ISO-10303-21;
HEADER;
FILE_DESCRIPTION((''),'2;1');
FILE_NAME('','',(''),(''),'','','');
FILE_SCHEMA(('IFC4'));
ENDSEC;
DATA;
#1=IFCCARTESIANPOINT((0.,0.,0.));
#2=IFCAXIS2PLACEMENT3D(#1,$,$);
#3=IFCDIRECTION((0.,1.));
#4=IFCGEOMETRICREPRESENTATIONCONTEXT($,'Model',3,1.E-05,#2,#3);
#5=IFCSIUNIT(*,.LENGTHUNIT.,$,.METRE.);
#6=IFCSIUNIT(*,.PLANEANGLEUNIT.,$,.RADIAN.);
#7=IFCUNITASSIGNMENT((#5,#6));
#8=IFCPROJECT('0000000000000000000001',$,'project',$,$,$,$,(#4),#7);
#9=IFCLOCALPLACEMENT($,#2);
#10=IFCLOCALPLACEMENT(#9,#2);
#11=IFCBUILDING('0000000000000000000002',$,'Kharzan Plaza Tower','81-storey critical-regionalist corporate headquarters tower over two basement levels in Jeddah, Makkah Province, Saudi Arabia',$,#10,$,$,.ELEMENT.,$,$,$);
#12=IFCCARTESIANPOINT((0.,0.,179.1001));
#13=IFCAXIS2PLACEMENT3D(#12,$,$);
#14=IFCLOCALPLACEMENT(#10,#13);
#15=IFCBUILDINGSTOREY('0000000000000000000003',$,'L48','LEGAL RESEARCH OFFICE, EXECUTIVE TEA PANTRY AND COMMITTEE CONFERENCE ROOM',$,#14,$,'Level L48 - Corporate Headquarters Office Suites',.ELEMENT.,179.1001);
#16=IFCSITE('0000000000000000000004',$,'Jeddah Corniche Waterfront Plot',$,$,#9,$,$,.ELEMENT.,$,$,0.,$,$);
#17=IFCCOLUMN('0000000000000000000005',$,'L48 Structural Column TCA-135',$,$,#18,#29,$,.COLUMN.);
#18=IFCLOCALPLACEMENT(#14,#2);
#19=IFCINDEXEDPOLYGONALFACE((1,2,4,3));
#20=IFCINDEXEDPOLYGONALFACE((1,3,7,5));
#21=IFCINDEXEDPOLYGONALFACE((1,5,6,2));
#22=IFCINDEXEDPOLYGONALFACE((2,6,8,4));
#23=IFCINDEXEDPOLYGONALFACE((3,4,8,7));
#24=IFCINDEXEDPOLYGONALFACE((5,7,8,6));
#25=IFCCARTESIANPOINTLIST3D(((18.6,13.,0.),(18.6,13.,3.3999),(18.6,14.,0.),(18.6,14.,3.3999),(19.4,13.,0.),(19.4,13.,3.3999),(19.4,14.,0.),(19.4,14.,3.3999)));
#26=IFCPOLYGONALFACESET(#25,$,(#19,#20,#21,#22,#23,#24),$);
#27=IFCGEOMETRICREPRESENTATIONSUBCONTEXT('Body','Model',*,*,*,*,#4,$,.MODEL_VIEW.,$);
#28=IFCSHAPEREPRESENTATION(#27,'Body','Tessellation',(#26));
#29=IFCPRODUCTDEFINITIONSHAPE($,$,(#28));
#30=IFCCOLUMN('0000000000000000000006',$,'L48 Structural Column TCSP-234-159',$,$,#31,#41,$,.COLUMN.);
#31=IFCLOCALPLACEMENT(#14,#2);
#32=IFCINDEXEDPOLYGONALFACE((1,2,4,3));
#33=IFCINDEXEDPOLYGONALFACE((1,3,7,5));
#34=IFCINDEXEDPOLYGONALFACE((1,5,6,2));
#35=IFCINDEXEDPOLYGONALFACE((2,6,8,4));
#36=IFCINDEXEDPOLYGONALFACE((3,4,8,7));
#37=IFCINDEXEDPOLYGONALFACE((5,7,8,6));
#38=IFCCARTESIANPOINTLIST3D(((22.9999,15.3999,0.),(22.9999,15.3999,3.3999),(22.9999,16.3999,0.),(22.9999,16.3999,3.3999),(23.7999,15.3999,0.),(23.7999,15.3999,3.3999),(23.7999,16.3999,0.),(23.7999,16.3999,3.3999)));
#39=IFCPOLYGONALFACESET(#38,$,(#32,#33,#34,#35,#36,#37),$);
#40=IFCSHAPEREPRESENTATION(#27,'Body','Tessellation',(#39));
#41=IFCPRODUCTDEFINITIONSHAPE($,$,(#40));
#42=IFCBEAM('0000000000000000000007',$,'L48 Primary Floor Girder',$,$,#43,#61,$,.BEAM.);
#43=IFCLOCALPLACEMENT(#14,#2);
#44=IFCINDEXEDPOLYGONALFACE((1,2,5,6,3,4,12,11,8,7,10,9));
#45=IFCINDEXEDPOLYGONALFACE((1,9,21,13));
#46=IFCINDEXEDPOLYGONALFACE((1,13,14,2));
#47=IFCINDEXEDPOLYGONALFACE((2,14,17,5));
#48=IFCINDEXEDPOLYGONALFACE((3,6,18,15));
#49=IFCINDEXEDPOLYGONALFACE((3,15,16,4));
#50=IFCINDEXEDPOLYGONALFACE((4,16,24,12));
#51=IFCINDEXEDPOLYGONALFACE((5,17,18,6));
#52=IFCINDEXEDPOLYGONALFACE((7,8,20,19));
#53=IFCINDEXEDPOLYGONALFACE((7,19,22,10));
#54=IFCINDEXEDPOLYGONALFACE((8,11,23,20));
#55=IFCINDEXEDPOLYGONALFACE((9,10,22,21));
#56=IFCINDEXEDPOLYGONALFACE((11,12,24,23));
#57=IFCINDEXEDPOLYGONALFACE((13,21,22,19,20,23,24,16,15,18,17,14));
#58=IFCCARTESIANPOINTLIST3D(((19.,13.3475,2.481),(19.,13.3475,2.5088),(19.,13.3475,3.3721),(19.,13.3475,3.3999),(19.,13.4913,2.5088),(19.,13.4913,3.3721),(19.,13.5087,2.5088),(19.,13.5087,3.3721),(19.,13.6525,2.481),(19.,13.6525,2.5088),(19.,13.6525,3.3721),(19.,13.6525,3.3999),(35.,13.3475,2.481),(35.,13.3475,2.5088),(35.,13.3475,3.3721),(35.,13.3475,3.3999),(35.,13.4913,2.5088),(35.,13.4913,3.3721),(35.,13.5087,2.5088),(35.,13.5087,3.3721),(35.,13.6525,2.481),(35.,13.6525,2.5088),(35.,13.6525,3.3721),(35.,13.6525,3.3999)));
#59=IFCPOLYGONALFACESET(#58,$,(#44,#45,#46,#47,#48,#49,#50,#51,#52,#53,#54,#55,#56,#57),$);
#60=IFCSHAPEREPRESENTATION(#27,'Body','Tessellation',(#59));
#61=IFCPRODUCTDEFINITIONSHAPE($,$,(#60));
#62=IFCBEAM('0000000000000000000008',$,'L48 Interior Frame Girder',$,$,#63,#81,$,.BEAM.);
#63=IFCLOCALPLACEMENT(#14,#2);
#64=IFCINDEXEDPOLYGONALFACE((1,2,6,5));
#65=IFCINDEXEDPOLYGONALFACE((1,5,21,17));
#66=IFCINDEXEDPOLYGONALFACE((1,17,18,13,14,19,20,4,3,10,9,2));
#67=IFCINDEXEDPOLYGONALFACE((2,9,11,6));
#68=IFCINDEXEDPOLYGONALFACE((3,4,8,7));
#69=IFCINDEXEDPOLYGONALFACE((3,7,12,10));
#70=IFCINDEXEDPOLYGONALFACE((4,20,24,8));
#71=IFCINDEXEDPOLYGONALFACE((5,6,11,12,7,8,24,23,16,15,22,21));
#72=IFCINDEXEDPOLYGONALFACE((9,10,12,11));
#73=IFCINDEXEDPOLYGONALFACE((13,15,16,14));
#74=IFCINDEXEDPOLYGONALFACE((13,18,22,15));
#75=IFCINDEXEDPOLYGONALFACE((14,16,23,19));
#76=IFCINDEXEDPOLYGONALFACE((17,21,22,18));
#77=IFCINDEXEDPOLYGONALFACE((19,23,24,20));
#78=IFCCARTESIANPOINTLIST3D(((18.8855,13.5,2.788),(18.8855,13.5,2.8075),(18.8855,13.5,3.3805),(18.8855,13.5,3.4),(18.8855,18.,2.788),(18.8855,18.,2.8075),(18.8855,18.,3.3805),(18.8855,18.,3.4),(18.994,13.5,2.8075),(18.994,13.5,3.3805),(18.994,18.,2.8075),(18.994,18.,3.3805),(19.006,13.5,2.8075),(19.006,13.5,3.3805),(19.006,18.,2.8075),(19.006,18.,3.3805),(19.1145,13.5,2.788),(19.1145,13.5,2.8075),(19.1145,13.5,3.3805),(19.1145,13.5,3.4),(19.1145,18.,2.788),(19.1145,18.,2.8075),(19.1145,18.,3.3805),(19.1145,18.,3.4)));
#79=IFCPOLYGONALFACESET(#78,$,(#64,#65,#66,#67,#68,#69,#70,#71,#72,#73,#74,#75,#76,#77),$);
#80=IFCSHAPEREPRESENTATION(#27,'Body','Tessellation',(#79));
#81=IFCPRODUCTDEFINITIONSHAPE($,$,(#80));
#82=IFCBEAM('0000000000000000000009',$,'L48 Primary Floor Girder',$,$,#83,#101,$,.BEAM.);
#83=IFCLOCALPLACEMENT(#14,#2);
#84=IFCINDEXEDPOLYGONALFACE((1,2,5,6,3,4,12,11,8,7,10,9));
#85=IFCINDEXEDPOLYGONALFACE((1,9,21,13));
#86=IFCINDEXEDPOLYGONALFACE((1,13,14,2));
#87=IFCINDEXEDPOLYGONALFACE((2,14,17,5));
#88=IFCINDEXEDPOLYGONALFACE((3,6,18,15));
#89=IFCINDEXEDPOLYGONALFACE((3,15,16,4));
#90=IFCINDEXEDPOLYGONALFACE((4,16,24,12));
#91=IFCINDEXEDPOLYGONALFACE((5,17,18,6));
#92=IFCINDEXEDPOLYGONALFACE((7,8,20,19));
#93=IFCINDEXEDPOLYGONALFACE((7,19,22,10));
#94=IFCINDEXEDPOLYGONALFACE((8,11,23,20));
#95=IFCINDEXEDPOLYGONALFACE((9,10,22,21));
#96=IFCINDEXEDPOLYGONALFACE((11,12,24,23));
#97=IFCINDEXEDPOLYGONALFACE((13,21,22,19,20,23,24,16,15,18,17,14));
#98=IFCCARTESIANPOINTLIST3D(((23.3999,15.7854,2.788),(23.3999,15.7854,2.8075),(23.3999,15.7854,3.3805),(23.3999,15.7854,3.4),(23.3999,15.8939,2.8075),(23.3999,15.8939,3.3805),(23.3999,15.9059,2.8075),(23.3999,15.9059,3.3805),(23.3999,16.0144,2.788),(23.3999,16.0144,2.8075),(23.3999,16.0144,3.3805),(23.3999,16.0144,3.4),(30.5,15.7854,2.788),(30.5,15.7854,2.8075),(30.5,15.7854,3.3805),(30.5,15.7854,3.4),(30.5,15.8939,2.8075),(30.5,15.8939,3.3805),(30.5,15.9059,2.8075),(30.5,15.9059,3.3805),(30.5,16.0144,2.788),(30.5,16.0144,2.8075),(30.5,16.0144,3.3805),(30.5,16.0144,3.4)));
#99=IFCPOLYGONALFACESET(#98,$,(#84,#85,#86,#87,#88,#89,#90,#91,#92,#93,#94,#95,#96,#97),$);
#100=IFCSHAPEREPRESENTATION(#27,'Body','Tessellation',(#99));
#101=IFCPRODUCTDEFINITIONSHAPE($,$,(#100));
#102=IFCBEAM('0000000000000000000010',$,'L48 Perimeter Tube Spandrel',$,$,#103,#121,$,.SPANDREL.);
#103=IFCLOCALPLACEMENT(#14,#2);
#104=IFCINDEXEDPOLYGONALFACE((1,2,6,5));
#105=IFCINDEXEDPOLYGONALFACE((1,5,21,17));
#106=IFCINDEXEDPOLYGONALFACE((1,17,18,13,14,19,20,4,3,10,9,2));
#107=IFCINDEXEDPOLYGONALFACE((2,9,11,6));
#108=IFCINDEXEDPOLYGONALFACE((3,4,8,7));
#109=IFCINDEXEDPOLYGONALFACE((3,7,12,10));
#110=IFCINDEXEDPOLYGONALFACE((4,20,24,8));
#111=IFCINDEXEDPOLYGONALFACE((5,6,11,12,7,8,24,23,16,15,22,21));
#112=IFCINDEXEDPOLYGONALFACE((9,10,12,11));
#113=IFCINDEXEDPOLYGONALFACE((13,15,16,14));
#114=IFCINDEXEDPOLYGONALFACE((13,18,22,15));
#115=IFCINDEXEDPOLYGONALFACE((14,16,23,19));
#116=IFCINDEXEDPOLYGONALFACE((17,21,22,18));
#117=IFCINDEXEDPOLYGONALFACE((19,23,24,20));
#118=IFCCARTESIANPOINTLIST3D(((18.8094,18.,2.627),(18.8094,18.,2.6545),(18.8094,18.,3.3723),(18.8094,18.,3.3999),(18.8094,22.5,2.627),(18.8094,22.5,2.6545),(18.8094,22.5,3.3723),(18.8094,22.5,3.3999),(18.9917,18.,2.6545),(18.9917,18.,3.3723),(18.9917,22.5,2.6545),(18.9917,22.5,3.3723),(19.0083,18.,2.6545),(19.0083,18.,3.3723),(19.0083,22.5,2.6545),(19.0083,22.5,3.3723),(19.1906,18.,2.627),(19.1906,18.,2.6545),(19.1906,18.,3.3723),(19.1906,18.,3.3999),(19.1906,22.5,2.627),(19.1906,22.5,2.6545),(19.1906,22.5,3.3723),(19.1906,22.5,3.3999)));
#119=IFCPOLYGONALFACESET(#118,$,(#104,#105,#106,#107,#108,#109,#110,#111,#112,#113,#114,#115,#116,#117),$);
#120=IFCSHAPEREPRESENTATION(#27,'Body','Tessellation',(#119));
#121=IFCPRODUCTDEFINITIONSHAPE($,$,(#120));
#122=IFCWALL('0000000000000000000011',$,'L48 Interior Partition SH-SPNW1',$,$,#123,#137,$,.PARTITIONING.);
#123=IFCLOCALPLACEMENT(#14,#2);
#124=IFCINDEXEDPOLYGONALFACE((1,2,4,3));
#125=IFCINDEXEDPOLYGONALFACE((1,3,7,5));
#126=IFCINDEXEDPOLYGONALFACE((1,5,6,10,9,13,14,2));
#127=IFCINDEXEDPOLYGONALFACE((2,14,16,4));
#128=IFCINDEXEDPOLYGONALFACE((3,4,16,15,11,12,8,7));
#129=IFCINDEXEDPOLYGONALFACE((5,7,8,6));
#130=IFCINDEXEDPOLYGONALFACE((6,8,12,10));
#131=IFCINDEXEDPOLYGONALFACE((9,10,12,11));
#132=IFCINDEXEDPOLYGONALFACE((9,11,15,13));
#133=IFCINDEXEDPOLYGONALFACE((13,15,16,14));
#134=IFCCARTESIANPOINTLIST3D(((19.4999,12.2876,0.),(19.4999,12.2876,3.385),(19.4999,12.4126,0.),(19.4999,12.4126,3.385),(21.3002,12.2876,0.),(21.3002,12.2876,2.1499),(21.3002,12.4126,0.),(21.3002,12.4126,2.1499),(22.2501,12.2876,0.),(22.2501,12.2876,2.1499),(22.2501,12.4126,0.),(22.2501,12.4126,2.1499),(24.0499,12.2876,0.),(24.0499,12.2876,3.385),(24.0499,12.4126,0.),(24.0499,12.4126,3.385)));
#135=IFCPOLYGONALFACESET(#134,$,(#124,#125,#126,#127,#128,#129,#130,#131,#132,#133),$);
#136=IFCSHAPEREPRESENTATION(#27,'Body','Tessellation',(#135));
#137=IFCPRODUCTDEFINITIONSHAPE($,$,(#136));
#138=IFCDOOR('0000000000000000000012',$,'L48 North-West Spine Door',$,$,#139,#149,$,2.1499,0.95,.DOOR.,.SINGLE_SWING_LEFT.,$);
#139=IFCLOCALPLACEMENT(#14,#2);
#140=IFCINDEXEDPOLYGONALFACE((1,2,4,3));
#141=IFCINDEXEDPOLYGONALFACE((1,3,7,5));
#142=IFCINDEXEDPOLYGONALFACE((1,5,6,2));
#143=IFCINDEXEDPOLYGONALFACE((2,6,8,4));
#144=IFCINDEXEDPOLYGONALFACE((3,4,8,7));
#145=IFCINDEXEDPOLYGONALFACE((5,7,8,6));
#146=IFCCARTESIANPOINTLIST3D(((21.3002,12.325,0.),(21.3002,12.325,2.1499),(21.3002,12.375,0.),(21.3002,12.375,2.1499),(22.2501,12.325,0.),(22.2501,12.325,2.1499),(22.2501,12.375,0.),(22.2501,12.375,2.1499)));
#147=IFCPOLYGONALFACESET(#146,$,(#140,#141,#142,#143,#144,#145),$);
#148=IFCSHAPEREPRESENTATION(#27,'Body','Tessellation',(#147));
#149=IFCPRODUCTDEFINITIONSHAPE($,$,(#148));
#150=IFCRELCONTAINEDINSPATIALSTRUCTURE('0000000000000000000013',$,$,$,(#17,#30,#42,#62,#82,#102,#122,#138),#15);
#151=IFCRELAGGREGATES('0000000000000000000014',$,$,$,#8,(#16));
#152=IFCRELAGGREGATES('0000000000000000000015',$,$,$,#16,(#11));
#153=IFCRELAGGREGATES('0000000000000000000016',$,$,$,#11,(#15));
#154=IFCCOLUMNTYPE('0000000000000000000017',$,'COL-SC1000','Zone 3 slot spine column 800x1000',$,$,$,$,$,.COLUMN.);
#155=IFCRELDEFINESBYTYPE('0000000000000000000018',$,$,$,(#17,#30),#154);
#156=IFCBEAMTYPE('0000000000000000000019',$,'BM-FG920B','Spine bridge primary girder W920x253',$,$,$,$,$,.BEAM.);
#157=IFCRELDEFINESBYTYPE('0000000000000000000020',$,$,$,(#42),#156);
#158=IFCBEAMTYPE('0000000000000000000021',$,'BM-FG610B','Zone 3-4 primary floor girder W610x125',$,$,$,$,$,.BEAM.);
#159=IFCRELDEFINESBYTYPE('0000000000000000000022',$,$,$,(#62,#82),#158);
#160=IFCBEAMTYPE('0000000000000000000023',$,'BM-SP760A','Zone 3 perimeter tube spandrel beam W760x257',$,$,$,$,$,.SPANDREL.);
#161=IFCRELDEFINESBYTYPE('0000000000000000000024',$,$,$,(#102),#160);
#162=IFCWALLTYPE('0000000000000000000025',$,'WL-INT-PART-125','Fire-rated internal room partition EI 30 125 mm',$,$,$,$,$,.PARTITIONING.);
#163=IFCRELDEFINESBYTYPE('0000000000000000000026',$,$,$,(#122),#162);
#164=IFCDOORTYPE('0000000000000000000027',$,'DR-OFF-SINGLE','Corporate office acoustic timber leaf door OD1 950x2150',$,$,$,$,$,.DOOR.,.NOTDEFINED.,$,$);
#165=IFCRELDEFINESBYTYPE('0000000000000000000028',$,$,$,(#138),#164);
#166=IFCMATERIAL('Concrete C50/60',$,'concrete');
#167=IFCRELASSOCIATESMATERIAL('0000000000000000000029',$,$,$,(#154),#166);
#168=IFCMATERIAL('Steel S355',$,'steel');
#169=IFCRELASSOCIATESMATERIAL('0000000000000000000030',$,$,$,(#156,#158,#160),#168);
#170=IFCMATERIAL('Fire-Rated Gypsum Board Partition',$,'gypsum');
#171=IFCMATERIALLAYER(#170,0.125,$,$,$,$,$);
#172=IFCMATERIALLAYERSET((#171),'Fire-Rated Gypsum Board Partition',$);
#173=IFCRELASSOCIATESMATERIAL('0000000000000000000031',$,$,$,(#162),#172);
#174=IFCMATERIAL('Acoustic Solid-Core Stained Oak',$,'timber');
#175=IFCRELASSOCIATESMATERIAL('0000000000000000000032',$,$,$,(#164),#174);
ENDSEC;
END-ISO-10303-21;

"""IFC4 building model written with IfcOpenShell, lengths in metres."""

from ifc_helpers import new_model, si_unit, direction, frame, frame_2d, origin, origin_2d, place, context, subcontext, project, spatial, rectangle, i_section, extrude, source, transform, mapped, material, layer, layer_set, material_profile, profile_set, type_object, element, fill, save


model = new_model("IFC4")

# Units and contexts
model_context = context("Model", 3, precision=1e-05, world=origin(), true_north=direction((0.0, 1.0)))
body_context = subcontext(model_context, "Body", "Model", "MODEL_VIEW")
ifc_project = project(units=[si_unit("LENGTHUNIT", "METRE"), si_unit("PLANEANGLEUNIT", "RADIAN")], contexts=[model_context])

# Site, building, storey
site_placement = place(None, origin())
site = spatial("IfcSite", under=ifc_project, at=site_placement, Name="Jeddah Corniche Waterfront Plot", CompositionType="ELEMENT", RefElevation=0.0)
building_placement = place(site_placement, origin())
building = spatial("IfcBuilding", under=site, at=building_placement, Name="Kharzan Plaza Tower", Description="81-storey critical-regionalist corporate headquarters tower over two basement levels in Jeddah, Makkah Province, Saudi Arabia", CompositionType="ELEMENT")
storey_placement = place(building_placement, frame((0.0, 0.0, 179.1001)))
storey = spatial("IfcBuildingStorey", under=building, at=storey_placement, Name="L48", Description="LEGAL RESEARCH OFFICE, EXECUTIVE TEA PANTRY AND COMMITTEE CONFERENCE ROOM", LongName="Level L48 - Corporate Headquarters Office Suites", CompositionType="ELEMENT", Elevation=179.1001)

# Columns
ifc_material_1 = material(Name="Concrete C50/60", Category="concrete")
ifc_material_profile_1 = material_profile(ifc_material_1, rectangle(XDim=0.8, YDim=1.0, at=origin_2d()), Name="RC-SC1000x800")
ifc_profile_set_1 = profile_set([ifc_material_profile_1], Name="Concrete C50/60")
column_type = type_object("IfcColumnType", Name="COL-SC1000", Description="Zone 3 slot spine column 800x1000", PredefinedType="COLUMN", material=ifc_profile_set_1)
shared_shape_1 = source(origin(), body_context, "Body", "SweptSolid", [
    extrude(rectangle(XDim=0.8, YDim=1.0, at=origin_2d()), origin(), (0.0, 0.0, 1.0), 3.3999),
])
for number, where, z_axis, x_axis, name in (
    (1, (19.0, 13.5, 0.0), (0.0, 0.0, 1.0), (1.0, 0.0, 0.0), "L48 Structural Column TCA-135"),
    (2, (23.3999, 15.8999, 0.0), (0.0, 0.0, 1.0), (1.0, 0.0, 0.0), "L48 Structural Column TCSP-234-159"),
):
    element("IfcColumn", number, at=place(storey_placement, frame(where, z_axis=z_axis, x_axis=x_axis)), inside=storey, type_object=column_type, Name=name, PredefinedType="COLUMN", context=body_context, shape_type="MappedRepresentation", body=[
        mapped(shared_shape_1, transform((0.0, 0.0, 0.0), x_axis=(1.0, 0.0, 0.0), y_axis=(0.0, 1.0, 0.0), z_axis=(0.0, 0.0, 1.0))),
    ])

# Beams
ifc_material_2 = material(Name="Steel S355", Category="steel")
ifc_material_profile_2 = material_profile(ifc_material_2, i_section(OverallWidth=0.3049, OverallDepth=0.9189, WebThickness=0.0173, FlangeThickness=0.0278, at=origin_2d()), Name="W920x253")
ifc_profile_set_2 = profile_set([ifc_material_profile_2], Name="Steel S355")
beam_type_1 = type_object("IfcBeamType", Name="BM-FG920B", Description="Spine bridge primary girder W920x253", PredefinedType="BEAM", material=ifc_profile_set_2)
shared_shape_2 = source(origin(), body_context, "Body", "SweptSolid", [
    extrude(i_section(OverallWidth=0.3049, OverallDepth=0.9189, WebThickness=0.0173, FlangeThickness=0.0278, at=origin_2d()), origin(), (0.0, 0.0, 1.0), 16.0),
])
beam_1_placement = place(storey_placement, frame((19.0, 13.5, 2.9404), z_axis=(1.0, 0.0, 0.0), x_axis=(0.0, 1.0, 0.0)))
element("IfcBeam", 3, at=beam_1_placement, inside=storey, type_object=beam_type_1, Name="L48 Primary Floor Girder", PredefinedType="BEAM", context=body_context, shape_type="MappedRepresentation", body=[
    mapped(shared_shape_2, transform((0.0, 0.0, 0.0), x_axis=(1.0, 0.0, 0.0), y_axis=(0.0, 1.0, 0.0), z_axis=(0.0, 0.0, 1.0))),
])
ifc_material_profile_3 = material_profile(ifc_material_2, i_section(OverallWidth=0.229, OverallDepth=0.6121, WebThickness=0.012, FlangeThickness=0.0195, at=origin_2d()), Name="W610x125")
ifc_profile_set_3 = profile_set([ifc_material_profile_3], Name="Steel S355")
beam_type_2 = type_object("IfcBeamType", Name="BM-FG610B", Description="Zone 3-4 primary floor girder W610x125", PredefinedType="BEAM", material=ifc_profile_set_3)
shared_shape_3 = source(origin(), body_context, "Body", "SweptSolid", [
    extrude(i_section(OverallWidth=0.229, OverallDepth=0.6121, WebThickness=0.012, FlangeThickness=0.0195, at=origin_2d()), origin(), (0.0, 0.0, 1.0), 4.5),
])
beam_2_placement = place(storey_placement, frame((19.0, 13.5, 3.094), z_axis=(0.0, 1.0, 0.0), x_axis=(-1.0, 0.0, 0.0)))
element("IfcBeam", 4, at=beam_2_placement, inside=storey, type_object=beam_type_2, Name="L48 Interior Frame Girder", PredefinedType="BEAM", context=body_context, shape_type="MappedRepresentation", body=[
    mapped(shared_shape_3, transform((0.0, 0.0, 0.0), x_axis=(1.0, 0.0, 0.0), y_axis=(0.0, 1.0, 0.0), z_axis=(0.0, 0.0, 1.0))),
])
shared_shape_4 = source(origin(), body_context, "Body", "SweptSolid", [
    extrude(i_section(OverallWidth=0.229, OverallDepth=0.6121, WebThickness=0.012, FlangeThickness=0.0195, at=origin_2d()), origin(), (0.0, 0.0, 1.0), 7.1001),
])
beam_3_placement = place(storey_placement, frame((23.3999, 15.8999, 3.094), z_axis=(1.0, 0.0, 0.0), x_axis=(0.0, 1.0, 0.0)))
element("IfcBeam", 5, at=beam_3_placement, inside=storey, type_object=beam_type_2, Name="L48 Primary Floor Girder", PredefinedType="BEAM", context=body_context, shape_type="MappedRepresentation", body=[
    mapped(shared_shape_4, transform((0.0, 0.0, 0.0), x_axis=(1.0, 0.0, 0.0), y_axis=(0.0, 1.0, 0.0), z_axis=(0.0, 0.0, 1.0))),
])
ifc_material_profile_4 = material_profile(ifc_material_2, i_section(OverallWidth=0.3811, OverallDepth=0.7729, WebThickness=0.0166, FlangeThickness=0.0276, at=origin_2d()), Name="W760x257")
ifc_profile_set_4 = profile_set([ifc_material_profile_4], Name="Steel S355")
beam_type_3 = type_object("IfcBeamType", Name="BM-SP760A", Description="Zone 3 perimeter tube spandrel beam W760x257", PredefinedType="SPANDREL", material=ifc_profile_set_4)
shared_shape_5 = source(origin(), body_context, "Body", "SweptSolid", [
    extrude(i_section(OverallWidth=0.3811, OverallDepth=0.7729, WebThickness=0.0166, FlangeThickness=0.0276, at=origin_2d()), origin(), (0.0, 0.0, 1.0), 4.5),
])
beam_4_placement = place(storey_placement, frame((19.0, 18.0, 3.0134), z_axis=(0.0, 1.0, 0.0), x_axis=(-1.0, 0.0, 0.0)))
element("IfcBeam", 6, at=beam_4_placement, inside=storey, type_object=beam_type_3, Name="L48 Perimeter Tube Spandrel", PredefinedType="SPANDREL", context=body_context, shape_type="MappedRepresentation", body=[
    mapped(shared_shape_5, transform((0.0, 0.0, 0.0), x_axis=(1.0, 0.0, 0.0), y_axis=(0.0, 1.0, 0.0), z_axis=(0.0, 0.0, 1.0))),
])

# Wall, opening, door
ifc_material_3 = material(Name="Fire-Rated Gypsum Board Partition", Category="gypsum")
ifc_layer_1 = layer(ifc_material_3, 0.125)
ifc_layer_set_1 = layer_set([ifc_layer_1], Name="Fire-Rated Gypsum Board Partition")
wall_type_1 = type_object("IfcWallType", Name="WL-INT-PART-125", Description="Fire-rated internal room partition EI 30 125 mm", PredefinedType="PARTITIONING", material=ifc_layer_set_1)
wall_1_placement = place(storey_placement, frame((19.5, 12.3501, 0.0), z_axis=(0.0, 0.0, 1.0), x_axis=(1.0, 0.0, 0.0)))
wall_1 = element("IfcWall", 7, at=wall_1_placement, inside=storey, type_object=wall_type_1, Name="L48 Interior Partition SH-SPNW1", PredefinedType="PARTITIONING", context=body_context, shape_type="SweptSolid", body=[
    extrude(rectangle(XDim=4.55, YDim=0.125, at=frame_2d((2.2749, 0.0))), origin(), (0.0, 0.0, 1.0), 3.385),
])
opening_1_placement = place(wall_1_placement, frame((1.8, 0.0, 0.0)))
opening_1 = element("IfcOpeningElement", 8, at=opening_1_placement, cuts=wall_1, PredefinedType="OPENING", context=body_context, shape_type="SweptSolid", body=[
    extrude(rectangle(XDim=0.95, YDim=2.1499, at=frame_2d((0.4751, 1.075))), frame((0.0, 0.0725, 0.0), z_axis=(0.0, -1.0, 0.0), x_axis=(1.0, 0.0, 0.0)), (0.0, 0.0, 1.0), 0.145),
])
ifc_material_4 = material(Name="Acoustic Solid-Core Stained Oak", Category="timber")
door_type_1 = type_object("IfcDoorType", Name="DR-OFF-SINGLE", Description="Corporate office acoustic timber leaf door OD1 950x2150", OperationType="NOTDEFINED", PredefinedType="DOOR", material=ifc_material_4)
shared_shape_6 = source(origin(), body_context, "Body", "SweptSolid", [
    extrude(rectangle(XDim=0.95, YDim=2.1499, at=frame_2d((0.4751, 1.075))), frame((0.0, 0.0249, 0.0), z_axis=(0.0, -1.0, 0.0), x_axis=(1.0, 0.0, 0.0)), (0.0, 0.0, 1.0), 0.05),
])
door_1_placement = place(opening_1_placement, origin())
door_1 = element("IfcDoor", 9, at=door_1_placement, inside=storey, type_object=door_type_1, Name="L48 North-West Spine Door", OperationType="SINGLE_SWING_LEFT", OverallHeight=2.1499, OverallWidth=0.95, PredefinedType="DOOR", context=body_context, shape_type="MappedRepresentation", body=[
    mapped(shared_shape_6, transform((0.0, 0.0, 0.0), x_axis=(1.0, 0.0, 0.0), y_axis=(0.0, 1.0, 0.0), z_axis=(0.0, 0.0, 1.0))),
])
fill(opening_1, door_1)

save(model, "model.ifc")
